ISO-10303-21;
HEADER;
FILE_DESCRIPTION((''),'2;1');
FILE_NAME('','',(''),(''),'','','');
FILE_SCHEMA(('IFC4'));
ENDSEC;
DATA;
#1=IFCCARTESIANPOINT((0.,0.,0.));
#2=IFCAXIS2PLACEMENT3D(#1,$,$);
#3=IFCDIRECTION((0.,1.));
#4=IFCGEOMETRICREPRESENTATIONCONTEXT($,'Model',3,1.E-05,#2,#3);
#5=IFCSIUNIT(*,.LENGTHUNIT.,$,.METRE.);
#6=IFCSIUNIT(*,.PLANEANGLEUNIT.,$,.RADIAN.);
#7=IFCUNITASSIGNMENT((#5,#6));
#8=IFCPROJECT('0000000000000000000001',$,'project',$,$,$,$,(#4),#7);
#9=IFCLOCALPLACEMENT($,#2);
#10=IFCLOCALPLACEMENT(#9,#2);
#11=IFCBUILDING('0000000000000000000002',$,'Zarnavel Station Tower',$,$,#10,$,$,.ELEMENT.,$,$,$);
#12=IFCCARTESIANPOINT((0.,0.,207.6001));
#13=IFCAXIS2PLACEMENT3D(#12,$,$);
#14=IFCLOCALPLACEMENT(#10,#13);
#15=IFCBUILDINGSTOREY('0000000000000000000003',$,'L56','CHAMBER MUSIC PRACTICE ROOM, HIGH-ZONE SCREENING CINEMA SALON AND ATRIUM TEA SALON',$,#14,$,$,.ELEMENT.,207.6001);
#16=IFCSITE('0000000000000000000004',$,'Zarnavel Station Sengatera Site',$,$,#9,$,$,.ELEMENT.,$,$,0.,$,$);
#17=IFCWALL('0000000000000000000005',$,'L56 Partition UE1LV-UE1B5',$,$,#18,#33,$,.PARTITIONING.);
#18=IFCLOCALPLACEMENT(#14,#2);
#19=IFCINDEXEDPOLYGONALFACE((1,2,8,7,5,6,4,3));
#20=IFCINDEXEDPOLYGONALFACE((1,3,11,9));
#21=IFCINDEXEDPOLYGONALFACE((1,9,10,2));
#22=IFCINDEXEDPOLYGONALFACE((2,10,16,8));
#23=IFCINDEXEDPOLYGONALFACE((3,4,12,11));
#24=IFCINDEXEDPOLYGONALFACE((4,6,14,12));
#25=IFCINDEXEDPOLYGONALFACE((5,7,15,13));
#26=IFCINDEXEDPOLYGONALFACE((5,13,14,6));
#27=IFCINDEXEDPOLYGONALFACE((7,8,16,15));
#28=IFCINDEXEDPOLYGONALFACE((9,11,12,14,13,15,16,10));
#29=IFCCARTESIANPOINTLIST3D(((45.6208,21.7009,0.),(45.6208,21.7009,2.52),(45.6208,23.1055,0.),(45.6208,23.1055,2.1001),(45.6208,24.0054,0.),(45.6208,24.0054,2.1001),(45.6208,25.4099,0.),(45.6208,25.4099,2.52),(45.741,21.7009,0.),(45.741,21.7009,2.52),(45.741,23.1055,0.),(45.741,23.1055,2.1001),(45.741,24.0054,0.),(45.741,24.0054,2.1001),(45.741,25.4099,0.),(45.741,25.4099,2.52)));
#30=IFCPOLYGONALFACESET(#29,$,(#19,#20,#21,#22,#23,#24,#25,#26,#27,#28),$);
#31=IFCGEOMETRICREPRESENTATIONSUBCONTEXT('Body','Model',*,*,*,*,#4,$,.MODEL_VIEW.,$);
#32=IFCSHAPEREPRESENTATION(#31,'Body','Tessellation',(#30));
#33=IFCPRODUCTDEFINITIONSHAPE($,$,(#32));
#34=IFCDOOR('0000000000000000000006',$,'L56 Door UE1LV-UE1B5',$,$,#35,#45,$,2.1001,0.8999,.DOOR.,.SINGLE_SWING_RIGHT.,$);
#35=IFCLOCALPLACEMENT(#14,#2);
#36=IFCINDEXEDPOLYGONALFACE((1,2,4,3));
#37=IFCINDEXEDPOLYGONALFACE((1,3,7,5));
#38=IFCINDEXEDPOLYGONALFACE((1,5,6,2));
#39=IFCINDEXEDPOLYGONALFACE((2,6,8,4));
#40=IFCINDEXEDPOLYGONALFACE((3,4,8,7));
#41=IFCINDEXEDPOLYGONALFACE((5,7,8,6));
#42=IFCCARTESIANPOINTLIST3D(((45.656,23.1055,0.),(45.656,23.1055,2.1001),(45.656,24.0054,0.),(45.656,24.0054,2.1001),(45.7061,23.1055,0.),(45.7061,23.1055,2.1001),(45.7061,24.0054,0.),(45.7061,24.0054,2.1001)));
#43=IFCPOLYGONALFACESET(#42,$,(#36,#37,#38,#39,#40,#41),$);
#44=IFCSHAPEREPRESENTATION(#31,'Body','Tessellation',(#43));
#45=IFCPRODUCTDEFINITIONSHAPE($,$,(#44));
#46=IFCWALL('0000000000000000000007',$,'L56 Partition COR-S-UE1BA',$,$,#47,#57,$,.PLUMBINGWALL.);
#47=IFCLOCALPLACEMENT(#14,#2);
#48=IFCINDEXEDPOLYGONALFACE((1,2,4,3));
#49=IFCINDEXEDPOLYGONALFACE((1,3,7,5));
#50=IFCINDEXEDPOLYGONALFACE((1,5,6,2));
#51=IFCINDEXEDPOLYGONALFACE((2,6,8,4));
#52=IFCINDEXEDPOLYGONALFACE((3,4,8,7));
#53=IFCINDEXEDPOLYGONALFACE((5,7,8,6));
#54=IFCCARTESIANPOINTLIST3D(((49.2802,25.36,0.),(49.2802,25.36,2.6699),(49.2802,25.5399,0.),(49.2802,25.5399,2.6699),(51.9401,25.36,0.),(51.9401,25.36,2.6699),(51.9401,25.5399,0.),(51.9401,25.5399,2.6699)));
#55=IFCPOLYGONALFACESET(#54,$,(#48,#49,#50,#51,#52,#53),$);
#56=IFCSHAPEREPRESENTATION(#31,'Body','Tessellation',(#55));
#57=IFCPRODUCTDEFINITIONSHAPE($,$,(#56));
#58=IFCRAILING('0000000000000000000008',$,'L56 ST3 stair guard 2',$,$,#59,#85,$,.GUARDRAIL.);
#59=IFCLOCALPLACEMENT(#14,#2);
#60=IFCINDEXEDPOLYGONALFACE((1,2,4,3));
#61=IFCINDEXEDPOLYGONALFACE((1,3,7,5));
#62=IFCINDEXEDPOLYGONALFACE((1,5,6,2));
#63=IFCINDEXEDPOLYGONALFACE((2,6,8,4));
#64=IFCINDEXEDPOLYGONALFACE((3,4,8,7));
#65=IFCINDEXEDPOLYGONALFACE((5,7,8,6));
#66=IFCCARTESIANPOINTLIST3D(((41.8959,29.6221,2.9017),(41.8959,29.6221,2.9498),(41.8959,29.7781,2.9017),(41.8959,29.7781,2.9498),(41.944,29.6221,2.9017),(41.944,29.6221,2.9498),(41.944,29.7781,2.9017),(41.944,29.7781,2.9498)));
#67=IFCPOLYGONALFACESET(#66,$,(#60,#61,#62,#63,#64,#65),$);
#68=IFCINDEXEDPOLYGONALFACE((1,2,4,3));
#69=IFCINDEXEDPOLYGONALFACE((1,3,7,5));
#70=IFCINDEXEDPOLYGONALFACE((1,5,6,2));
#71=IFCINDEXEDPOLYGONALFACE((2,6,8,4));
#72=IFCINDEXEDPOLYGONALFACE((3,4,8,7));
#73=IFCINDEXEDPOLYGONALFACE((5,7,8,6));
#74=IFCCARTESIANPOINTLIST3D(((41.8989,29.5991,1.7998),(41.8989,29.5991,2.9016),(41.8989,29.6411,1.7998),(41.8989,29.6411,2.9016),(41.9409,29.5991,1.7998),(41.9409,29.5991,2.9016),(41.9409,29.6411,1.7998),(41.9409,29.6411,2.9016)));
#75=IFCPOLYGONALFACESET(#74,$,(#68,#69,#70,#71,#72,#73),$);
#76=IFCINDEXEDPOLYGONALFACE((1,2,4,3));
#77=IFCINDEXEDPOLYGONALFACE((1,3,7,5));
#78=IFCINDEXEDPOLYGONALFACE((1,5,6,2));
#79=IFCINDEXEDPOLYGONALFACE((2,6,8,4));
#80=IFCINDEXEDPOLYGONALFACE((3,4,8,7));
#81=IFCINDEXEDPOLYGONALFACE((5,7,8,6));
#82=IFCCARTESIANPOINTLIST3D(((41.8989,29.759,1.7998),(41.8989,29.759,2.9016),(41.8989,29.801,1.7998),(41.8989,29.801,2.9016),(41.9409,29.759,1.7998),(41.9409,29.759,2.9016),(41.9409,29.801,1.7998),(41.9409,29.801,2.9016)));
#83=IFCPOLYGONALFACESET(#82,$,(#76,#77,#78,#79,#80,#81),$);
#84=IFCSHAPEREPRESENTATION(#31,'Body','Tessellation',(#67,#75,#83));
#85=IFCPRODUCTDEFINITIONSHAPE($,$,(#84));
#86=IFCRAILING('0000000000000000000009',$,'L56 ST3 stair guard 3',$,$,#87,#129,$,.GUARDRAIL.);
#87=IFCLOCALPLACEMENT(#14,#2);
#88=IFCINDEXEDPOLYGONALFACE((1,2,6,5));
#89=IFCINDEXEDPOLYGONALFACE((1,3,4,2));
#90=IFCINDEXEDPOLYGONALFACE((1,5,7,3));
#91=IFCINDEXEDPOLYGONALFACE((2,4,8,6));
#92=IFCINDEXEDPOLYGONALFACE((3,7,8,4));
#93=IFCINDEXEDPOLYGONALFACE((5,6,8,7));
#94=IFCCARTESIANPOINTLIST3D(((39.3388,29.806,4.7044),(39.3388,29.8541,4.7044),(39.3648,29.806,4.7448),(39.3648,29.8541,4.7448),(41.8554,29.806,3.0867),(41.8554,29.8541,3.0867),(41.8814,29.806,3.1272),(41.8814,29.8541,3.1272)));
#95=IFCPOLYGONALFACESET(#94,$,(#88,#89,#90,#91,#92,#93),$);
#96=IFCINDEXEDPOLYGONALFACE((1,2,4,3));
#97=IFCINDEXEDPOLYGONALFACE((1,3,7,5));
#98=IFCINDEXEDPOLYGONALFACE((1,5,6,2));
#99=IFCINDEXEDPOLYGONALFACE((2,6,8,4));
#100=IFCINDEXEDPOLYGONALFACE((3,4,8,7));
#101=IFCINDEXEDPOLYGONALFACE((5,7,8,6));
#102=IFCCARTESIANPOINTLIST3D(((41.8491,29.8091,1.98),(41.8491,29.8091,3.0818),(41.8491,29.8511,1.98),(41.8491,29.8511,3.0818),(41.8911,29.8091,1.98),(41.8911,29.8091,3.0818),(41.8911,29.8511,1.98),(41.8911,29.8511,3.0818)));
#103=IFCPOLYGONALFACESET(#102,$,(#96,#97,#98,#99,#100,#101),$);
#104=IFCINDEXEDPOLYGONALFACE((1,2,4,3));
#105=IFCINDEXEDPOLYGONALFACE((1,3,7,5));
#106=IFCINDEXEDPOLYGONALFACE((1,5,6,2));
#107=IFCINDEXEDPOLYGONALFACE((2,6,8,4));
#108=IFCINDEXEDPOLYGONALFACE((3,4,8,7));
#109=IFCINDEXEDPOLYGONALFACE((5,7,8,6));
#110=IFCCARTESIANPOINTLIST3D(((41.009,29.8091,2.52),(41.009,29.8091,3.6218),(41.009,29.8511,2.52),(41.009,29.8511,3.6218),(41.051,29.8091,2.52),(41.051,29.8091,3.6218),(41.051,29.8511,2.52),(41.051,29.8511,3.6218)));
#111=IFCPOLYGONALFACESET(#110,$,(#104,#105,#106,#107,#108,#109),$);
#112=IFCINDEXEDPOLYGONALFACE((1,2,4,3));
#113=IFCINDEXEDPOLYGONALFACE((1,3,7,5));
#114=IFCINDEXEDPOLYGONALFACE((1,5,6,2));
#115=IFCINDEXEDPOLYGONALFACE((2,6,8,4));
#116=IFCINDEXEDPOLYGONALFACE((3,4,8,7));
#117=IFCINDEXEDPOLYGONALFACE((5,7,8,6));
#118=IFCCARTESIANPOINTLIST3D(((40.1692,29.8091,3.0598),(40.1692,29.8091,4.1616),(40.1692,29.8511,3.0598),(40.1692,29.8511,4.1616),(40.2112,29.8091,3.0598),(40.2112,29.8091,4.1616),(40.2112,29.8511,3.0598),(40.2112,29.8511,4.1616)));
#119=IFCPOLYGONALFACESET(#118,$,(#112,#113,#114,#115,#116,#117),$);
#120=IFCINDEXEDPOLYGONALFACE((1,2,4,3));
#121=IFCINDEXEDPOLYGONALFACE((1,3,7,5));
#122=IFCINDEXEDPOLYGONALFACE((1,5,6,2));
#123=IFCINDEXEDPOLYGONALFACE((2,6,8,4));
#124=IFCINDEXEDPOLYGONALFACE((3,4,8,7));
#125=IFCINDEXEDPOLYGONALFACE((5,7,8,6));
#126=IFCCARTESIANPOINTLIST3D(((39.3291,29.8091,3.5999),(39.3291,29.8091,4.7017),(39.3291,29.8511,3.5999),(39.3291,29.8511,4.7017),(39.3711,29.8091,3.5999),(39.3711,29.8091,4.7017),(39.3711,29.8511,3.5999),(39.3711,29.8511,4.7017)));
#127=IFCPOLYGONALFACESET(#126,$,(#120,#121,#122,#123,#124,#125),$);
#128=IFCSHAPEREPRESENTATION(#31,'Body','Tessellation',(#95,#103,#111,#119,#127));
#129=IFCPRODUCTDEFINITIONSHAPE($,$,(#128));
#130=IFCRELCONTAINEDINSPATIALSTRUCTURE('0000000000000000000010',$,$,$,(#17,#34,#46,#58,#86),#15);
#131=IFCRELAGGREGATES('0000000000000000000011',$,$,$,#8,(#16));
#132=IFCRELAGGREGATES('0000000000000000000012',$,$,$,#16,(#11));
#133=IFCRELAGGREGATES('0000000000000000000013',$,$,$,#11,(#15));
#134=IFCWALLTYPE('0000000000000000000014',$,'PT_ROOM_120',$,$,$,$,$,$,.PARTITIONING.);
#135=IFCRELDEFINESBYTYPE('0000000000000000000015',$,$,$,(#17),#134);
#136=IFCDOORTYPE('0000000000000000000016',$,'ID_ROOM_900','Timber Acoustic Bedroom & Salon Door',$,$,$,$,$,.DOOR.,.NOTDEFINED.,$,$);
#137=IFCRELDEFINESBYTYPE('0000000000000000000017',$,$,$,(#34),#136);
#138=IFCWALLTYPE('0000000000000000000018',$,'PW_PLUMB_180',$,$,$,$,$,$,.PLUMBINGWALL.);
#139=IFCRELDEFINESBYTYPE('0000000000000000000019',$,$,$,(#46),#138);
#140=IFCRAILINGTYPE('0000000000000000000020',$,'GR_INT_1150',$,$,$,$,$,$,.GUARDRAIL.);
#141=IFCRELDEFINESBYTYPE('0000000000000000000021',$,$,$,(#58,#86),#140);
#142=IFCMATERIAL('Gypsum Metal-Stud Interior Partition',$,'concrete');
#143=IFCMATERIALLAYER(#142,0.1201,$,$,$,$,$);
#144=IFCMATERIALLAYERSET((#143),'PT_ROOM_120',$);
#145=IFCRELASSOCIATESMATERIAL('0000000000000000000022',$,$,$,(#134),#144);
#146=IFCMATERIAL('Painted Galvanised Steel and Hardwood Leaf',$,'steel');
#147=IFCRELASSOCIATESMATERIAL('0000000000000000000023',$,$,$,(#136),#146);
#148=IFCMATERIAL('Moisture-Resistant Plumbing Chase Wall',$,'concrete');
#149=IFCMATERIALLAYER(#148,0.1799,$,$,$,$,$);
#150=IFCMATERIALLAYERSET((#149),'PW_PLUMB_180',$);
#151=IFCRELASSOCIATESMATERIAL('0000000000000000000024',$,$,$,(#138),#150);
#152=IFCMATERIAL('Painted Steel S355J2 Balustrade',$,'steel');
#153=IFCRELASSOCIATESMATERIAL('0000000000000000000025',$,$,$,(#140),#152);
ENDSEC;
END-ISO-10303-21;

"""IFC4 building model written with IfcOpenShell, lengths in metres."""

from ifc_helpers import new_model, si_unit, direction, frame, frame_2d, origin, origin_2d, place, context, subcontext, project, spatial, rectangle, extrude, material, layer, layer_set, type_object, element, fill, save


model = new_model("IFC4")

# Units and contexts
model_context = context("Model", 3, precision=1e-05, world=origin(), true_north=direction((0.0, 1.0)))
body_context = subcontext(model_context, "Body", "Model", "MODEL_VIEW")
ifc_project = project(units=[si_unit("LENGTHUNIT", "METRE"), si_unit("PLANEANGLEUNIT", "RADIAN")], contexts=[model_context])

# Site, building, storey
site_placement = place(None, origin())
site = spatial("IfcSite", under=ifc_project, at=site_placement, Name="Zarnavel Station Sengatera Site", CompositionType="ELEMENT", RefElevation=0.0)
building_placement = place(site_placement, origin())
building = spatial("IfcBuilding", under=site, at=building_placement, Name="Zarnavel Station Tower", CompositionType="ELEMENT")
storey_placement = place(building_placement, frame((0.0, 0.0, 207.6001)))
storey = spatial("IfcBuildingStorey", under=building, at=storey_placement, Name="L56", Description="CHAMBER MUSIC PRACTICE ROOM, HIGH-ZONE SCREENING CINEMA SALON AND ATRIUM TEA SALON", CompositionType="ELEMENT", Elevation=207.6001)

# Wall, opening, door
ifc_material_1 = material(Name="Gypsum Metal-Stud Interior Partition", Category="concrete")
ifc_layer_1 = layer(ifc_material_1, 0.1201)
ifc_layer_set_1 = layer_set([ifc_layer_1], Name="PT_ROOM_120")
wall_type_1 = type_object("IfcWallType", Name="PT_ROOM_120", PredefinedType="PARTITIONING", material=ifc_layer_set_1)
ifc_material_2 = material(Name="Painted Galvanised Steel and Hardwood Leaf", Category="steel")
door_type_1 = type_object("IfcDoorType", Name="ID_ROOM_900", Description="Timber Acoustic Bedroom & Salon Door", OperationType="NOTDEFINED", PredefinedType="DOOR", material=ifc_material_2)
wall_1_placement = place(storey_placement, frame((45.6809, 21.7009, 0.0), z_axis=(0.0, 0.0, 1.0), x_axis=(0.0, 1.0, 0.0)))
wall_1 = element("IfcWall", 1, at=wall_1_placement, inside=storey, type_object=wall_type_1, Name="L56 Partition UE1LV-UE1B5", PredefinedType="PARTITIONING", context=body_context, shape_type="SweptSolid", body=[
    extrude(rectangle(XDim=3.709, YDim=0.1201, at=frame_2d((1.8545, 0.0))), origin(), (0.0, 0.0, 1.0), 2.52),
])
opening_1_placement = place(wall_1_placement, frame((1.4045, 0.0, 0.0)))
opening_1 = element("IfcOpeningElement", 2, at=opening_1_placement, cuts=wall_1, PredefinedType="OPENING", context=body_context, shape_type="SweptSolid", body=[
    extrude(rectangle(XDim=0.8999, YDim=2.1001, at=frame_2d((0.45, 1.05))), frame((0.0, 0.0701, 0.0), z_axis=(0.0, -1.0, 0.0), x_axis=(1.0, 0.0, 0.0)), (0.0, 0.0, 1.0), 0.1401),
])
door_1_placement = place(opening_1_placement, origin())
door_1 = element("IfcDoor", 3, at=door_1_placement, inside=storey, type_object=door_type_1, Name="L56 Door UE1LV-UE1B5", OperationType="SINGLE_SWING_RIGHT", OverallHeight=2.1001, OverallWidth=0.8999, PredefinedType="DOOR", context=body_context, shape_type="SweptSolid", body=[
    extrude(rectangle(XDim=0.8999, YDim=2.1001, at=frame_2d((0.45, 1.05))), frame((0.0, 0.0249, 0.0), z_axis=(0.0, -1.0, 0.0), x_axis=(1.0, 0.0, 0.0)), (0.0, 0.0, 1.0), 0.05),
])
fill(opening_1, door_1)

# Wall
ifc_material_3 = material(Name="Moisture-Resistant Plumbing Chase Wall", Category="concrete")
ifc_layer_2 = layer(ifc_material_3, 0.1799)
ifc_layer_set_2 = layer_set([ifc_layer_2], Name="PW_PLUMB_180")
wall_type_2 = type_object("IfcWallType", Name="PW_PLUMB_180", PredefinedType="PLUMBINGWALL", material=ifc_layer_set_2)
wall_2_placement = place(storey_placement, frame((49.28, 25.45, 0.0), z_axis=(0.0, 0.0, 1.0), x_axis=(1.0, 0.0, 0.0)))
element("IfcWall", 4, at=wall_2_placement, inside=storey, type_object=wall_type_2, Name="L56 Partition COR-S-UE1BA", PredefinedType="PLUMBINGWALL", context=body_context, shape_type="SweptSolid", body=[
    extrude(rectangle(XDim=2.6599, YDim=0.1799, at=frame_2d((1.3301, 0.0))), origin(), (0.0, 0.0, 1.0), 2.6699),
])

# Railings
ifc_material_4 = material(Name="Painted Steel S355J2 Balustrade", Category="steel")
railing_type = type_object("IfcRailingType", Name="GR_INT_1150", PredefinedType="GUARDRAIL", material=ifc_material_4)
railing_1_placement = place(storey_placement, frame((41.9199, 29.6201, 1.7998)))
element("IfcRailing", 5, at=railing_1_placement, inside=storey, type_object=railing_type, Name="L56 ST3 stair guard 2", PredefinedType="GUARDRAIL", context=body_context, shape_type="SweptSolid", body=[
    extrude(rectangle(XDim=0.0481, YDim=0.0481, at=origin_2d()), frame((0.0, 0.002, 1.126), z_axis=(0.0, 1.0, 0.0), x_axis=(-1.0, 0.0, 0.0)), (0.0, 0.0, 1.0), 0.156),
    extrude(rectangle(XDim=0.042, YDim=0.042, at=origin_2d()), origin(), (0.0, 0.0, 1.0), 1.1018),
    extrude(rectangle(XDim=0.042, YDim=0.042, at=origin_2d()), frame((0.0, 0.1599, 0.0)), (0.0, 0.0, 1.0), 1.1018),
])
railing_2_placement = place(storey_placement, frame((41.8701, 29.8301, 1.98)))
element("IfcRailing", 6, at=railing_2_placement, inside=storey, type_object=railing_type, Name="L56 ST3 stair guard 3", PredefinedType="GUARDRAIL", context=body_context, shape_type="SweptSolid", body=[
    extrude(rectangle(XDim=0.0481, YDim=0.0481, at=origin_2d()), frame((-0.0017, 0.0, 1.127), z_axis=(-0.8412, 0.0, 0.540725), x_axis=(0.0, -1.0, 0.0)), (0.0, 0.0, 1.0), 2.9917),
    extrude(rectangle(XDim=0.042, YDim=0.042, at=origin_2d()), origin(), (0.0, 0.0, 1.0), 1.1018),
    extrude(rectangle(XDim=0.042, YDim=0.042, at=origin_2d()), frame((-0.8401, 0.0, 0.54)), (0.0, 0.0, 1.0), 1.1018),
    extrude(rectangle(XDim=0.042, YDim=0.042, at=origin_2d()), frame((-1.6799, 0.0, 1.0798)), (0.0, 0.0, 1.0), 1.1018),
    extrude(rectangle(XDim=0.042, YDim=0.042, at=origin_2d()), frame((-2.52, 0.0, 1.6199)), (0.0, 0.0, 1.0), 1.1018),
])

save(model, "model.ifc")
